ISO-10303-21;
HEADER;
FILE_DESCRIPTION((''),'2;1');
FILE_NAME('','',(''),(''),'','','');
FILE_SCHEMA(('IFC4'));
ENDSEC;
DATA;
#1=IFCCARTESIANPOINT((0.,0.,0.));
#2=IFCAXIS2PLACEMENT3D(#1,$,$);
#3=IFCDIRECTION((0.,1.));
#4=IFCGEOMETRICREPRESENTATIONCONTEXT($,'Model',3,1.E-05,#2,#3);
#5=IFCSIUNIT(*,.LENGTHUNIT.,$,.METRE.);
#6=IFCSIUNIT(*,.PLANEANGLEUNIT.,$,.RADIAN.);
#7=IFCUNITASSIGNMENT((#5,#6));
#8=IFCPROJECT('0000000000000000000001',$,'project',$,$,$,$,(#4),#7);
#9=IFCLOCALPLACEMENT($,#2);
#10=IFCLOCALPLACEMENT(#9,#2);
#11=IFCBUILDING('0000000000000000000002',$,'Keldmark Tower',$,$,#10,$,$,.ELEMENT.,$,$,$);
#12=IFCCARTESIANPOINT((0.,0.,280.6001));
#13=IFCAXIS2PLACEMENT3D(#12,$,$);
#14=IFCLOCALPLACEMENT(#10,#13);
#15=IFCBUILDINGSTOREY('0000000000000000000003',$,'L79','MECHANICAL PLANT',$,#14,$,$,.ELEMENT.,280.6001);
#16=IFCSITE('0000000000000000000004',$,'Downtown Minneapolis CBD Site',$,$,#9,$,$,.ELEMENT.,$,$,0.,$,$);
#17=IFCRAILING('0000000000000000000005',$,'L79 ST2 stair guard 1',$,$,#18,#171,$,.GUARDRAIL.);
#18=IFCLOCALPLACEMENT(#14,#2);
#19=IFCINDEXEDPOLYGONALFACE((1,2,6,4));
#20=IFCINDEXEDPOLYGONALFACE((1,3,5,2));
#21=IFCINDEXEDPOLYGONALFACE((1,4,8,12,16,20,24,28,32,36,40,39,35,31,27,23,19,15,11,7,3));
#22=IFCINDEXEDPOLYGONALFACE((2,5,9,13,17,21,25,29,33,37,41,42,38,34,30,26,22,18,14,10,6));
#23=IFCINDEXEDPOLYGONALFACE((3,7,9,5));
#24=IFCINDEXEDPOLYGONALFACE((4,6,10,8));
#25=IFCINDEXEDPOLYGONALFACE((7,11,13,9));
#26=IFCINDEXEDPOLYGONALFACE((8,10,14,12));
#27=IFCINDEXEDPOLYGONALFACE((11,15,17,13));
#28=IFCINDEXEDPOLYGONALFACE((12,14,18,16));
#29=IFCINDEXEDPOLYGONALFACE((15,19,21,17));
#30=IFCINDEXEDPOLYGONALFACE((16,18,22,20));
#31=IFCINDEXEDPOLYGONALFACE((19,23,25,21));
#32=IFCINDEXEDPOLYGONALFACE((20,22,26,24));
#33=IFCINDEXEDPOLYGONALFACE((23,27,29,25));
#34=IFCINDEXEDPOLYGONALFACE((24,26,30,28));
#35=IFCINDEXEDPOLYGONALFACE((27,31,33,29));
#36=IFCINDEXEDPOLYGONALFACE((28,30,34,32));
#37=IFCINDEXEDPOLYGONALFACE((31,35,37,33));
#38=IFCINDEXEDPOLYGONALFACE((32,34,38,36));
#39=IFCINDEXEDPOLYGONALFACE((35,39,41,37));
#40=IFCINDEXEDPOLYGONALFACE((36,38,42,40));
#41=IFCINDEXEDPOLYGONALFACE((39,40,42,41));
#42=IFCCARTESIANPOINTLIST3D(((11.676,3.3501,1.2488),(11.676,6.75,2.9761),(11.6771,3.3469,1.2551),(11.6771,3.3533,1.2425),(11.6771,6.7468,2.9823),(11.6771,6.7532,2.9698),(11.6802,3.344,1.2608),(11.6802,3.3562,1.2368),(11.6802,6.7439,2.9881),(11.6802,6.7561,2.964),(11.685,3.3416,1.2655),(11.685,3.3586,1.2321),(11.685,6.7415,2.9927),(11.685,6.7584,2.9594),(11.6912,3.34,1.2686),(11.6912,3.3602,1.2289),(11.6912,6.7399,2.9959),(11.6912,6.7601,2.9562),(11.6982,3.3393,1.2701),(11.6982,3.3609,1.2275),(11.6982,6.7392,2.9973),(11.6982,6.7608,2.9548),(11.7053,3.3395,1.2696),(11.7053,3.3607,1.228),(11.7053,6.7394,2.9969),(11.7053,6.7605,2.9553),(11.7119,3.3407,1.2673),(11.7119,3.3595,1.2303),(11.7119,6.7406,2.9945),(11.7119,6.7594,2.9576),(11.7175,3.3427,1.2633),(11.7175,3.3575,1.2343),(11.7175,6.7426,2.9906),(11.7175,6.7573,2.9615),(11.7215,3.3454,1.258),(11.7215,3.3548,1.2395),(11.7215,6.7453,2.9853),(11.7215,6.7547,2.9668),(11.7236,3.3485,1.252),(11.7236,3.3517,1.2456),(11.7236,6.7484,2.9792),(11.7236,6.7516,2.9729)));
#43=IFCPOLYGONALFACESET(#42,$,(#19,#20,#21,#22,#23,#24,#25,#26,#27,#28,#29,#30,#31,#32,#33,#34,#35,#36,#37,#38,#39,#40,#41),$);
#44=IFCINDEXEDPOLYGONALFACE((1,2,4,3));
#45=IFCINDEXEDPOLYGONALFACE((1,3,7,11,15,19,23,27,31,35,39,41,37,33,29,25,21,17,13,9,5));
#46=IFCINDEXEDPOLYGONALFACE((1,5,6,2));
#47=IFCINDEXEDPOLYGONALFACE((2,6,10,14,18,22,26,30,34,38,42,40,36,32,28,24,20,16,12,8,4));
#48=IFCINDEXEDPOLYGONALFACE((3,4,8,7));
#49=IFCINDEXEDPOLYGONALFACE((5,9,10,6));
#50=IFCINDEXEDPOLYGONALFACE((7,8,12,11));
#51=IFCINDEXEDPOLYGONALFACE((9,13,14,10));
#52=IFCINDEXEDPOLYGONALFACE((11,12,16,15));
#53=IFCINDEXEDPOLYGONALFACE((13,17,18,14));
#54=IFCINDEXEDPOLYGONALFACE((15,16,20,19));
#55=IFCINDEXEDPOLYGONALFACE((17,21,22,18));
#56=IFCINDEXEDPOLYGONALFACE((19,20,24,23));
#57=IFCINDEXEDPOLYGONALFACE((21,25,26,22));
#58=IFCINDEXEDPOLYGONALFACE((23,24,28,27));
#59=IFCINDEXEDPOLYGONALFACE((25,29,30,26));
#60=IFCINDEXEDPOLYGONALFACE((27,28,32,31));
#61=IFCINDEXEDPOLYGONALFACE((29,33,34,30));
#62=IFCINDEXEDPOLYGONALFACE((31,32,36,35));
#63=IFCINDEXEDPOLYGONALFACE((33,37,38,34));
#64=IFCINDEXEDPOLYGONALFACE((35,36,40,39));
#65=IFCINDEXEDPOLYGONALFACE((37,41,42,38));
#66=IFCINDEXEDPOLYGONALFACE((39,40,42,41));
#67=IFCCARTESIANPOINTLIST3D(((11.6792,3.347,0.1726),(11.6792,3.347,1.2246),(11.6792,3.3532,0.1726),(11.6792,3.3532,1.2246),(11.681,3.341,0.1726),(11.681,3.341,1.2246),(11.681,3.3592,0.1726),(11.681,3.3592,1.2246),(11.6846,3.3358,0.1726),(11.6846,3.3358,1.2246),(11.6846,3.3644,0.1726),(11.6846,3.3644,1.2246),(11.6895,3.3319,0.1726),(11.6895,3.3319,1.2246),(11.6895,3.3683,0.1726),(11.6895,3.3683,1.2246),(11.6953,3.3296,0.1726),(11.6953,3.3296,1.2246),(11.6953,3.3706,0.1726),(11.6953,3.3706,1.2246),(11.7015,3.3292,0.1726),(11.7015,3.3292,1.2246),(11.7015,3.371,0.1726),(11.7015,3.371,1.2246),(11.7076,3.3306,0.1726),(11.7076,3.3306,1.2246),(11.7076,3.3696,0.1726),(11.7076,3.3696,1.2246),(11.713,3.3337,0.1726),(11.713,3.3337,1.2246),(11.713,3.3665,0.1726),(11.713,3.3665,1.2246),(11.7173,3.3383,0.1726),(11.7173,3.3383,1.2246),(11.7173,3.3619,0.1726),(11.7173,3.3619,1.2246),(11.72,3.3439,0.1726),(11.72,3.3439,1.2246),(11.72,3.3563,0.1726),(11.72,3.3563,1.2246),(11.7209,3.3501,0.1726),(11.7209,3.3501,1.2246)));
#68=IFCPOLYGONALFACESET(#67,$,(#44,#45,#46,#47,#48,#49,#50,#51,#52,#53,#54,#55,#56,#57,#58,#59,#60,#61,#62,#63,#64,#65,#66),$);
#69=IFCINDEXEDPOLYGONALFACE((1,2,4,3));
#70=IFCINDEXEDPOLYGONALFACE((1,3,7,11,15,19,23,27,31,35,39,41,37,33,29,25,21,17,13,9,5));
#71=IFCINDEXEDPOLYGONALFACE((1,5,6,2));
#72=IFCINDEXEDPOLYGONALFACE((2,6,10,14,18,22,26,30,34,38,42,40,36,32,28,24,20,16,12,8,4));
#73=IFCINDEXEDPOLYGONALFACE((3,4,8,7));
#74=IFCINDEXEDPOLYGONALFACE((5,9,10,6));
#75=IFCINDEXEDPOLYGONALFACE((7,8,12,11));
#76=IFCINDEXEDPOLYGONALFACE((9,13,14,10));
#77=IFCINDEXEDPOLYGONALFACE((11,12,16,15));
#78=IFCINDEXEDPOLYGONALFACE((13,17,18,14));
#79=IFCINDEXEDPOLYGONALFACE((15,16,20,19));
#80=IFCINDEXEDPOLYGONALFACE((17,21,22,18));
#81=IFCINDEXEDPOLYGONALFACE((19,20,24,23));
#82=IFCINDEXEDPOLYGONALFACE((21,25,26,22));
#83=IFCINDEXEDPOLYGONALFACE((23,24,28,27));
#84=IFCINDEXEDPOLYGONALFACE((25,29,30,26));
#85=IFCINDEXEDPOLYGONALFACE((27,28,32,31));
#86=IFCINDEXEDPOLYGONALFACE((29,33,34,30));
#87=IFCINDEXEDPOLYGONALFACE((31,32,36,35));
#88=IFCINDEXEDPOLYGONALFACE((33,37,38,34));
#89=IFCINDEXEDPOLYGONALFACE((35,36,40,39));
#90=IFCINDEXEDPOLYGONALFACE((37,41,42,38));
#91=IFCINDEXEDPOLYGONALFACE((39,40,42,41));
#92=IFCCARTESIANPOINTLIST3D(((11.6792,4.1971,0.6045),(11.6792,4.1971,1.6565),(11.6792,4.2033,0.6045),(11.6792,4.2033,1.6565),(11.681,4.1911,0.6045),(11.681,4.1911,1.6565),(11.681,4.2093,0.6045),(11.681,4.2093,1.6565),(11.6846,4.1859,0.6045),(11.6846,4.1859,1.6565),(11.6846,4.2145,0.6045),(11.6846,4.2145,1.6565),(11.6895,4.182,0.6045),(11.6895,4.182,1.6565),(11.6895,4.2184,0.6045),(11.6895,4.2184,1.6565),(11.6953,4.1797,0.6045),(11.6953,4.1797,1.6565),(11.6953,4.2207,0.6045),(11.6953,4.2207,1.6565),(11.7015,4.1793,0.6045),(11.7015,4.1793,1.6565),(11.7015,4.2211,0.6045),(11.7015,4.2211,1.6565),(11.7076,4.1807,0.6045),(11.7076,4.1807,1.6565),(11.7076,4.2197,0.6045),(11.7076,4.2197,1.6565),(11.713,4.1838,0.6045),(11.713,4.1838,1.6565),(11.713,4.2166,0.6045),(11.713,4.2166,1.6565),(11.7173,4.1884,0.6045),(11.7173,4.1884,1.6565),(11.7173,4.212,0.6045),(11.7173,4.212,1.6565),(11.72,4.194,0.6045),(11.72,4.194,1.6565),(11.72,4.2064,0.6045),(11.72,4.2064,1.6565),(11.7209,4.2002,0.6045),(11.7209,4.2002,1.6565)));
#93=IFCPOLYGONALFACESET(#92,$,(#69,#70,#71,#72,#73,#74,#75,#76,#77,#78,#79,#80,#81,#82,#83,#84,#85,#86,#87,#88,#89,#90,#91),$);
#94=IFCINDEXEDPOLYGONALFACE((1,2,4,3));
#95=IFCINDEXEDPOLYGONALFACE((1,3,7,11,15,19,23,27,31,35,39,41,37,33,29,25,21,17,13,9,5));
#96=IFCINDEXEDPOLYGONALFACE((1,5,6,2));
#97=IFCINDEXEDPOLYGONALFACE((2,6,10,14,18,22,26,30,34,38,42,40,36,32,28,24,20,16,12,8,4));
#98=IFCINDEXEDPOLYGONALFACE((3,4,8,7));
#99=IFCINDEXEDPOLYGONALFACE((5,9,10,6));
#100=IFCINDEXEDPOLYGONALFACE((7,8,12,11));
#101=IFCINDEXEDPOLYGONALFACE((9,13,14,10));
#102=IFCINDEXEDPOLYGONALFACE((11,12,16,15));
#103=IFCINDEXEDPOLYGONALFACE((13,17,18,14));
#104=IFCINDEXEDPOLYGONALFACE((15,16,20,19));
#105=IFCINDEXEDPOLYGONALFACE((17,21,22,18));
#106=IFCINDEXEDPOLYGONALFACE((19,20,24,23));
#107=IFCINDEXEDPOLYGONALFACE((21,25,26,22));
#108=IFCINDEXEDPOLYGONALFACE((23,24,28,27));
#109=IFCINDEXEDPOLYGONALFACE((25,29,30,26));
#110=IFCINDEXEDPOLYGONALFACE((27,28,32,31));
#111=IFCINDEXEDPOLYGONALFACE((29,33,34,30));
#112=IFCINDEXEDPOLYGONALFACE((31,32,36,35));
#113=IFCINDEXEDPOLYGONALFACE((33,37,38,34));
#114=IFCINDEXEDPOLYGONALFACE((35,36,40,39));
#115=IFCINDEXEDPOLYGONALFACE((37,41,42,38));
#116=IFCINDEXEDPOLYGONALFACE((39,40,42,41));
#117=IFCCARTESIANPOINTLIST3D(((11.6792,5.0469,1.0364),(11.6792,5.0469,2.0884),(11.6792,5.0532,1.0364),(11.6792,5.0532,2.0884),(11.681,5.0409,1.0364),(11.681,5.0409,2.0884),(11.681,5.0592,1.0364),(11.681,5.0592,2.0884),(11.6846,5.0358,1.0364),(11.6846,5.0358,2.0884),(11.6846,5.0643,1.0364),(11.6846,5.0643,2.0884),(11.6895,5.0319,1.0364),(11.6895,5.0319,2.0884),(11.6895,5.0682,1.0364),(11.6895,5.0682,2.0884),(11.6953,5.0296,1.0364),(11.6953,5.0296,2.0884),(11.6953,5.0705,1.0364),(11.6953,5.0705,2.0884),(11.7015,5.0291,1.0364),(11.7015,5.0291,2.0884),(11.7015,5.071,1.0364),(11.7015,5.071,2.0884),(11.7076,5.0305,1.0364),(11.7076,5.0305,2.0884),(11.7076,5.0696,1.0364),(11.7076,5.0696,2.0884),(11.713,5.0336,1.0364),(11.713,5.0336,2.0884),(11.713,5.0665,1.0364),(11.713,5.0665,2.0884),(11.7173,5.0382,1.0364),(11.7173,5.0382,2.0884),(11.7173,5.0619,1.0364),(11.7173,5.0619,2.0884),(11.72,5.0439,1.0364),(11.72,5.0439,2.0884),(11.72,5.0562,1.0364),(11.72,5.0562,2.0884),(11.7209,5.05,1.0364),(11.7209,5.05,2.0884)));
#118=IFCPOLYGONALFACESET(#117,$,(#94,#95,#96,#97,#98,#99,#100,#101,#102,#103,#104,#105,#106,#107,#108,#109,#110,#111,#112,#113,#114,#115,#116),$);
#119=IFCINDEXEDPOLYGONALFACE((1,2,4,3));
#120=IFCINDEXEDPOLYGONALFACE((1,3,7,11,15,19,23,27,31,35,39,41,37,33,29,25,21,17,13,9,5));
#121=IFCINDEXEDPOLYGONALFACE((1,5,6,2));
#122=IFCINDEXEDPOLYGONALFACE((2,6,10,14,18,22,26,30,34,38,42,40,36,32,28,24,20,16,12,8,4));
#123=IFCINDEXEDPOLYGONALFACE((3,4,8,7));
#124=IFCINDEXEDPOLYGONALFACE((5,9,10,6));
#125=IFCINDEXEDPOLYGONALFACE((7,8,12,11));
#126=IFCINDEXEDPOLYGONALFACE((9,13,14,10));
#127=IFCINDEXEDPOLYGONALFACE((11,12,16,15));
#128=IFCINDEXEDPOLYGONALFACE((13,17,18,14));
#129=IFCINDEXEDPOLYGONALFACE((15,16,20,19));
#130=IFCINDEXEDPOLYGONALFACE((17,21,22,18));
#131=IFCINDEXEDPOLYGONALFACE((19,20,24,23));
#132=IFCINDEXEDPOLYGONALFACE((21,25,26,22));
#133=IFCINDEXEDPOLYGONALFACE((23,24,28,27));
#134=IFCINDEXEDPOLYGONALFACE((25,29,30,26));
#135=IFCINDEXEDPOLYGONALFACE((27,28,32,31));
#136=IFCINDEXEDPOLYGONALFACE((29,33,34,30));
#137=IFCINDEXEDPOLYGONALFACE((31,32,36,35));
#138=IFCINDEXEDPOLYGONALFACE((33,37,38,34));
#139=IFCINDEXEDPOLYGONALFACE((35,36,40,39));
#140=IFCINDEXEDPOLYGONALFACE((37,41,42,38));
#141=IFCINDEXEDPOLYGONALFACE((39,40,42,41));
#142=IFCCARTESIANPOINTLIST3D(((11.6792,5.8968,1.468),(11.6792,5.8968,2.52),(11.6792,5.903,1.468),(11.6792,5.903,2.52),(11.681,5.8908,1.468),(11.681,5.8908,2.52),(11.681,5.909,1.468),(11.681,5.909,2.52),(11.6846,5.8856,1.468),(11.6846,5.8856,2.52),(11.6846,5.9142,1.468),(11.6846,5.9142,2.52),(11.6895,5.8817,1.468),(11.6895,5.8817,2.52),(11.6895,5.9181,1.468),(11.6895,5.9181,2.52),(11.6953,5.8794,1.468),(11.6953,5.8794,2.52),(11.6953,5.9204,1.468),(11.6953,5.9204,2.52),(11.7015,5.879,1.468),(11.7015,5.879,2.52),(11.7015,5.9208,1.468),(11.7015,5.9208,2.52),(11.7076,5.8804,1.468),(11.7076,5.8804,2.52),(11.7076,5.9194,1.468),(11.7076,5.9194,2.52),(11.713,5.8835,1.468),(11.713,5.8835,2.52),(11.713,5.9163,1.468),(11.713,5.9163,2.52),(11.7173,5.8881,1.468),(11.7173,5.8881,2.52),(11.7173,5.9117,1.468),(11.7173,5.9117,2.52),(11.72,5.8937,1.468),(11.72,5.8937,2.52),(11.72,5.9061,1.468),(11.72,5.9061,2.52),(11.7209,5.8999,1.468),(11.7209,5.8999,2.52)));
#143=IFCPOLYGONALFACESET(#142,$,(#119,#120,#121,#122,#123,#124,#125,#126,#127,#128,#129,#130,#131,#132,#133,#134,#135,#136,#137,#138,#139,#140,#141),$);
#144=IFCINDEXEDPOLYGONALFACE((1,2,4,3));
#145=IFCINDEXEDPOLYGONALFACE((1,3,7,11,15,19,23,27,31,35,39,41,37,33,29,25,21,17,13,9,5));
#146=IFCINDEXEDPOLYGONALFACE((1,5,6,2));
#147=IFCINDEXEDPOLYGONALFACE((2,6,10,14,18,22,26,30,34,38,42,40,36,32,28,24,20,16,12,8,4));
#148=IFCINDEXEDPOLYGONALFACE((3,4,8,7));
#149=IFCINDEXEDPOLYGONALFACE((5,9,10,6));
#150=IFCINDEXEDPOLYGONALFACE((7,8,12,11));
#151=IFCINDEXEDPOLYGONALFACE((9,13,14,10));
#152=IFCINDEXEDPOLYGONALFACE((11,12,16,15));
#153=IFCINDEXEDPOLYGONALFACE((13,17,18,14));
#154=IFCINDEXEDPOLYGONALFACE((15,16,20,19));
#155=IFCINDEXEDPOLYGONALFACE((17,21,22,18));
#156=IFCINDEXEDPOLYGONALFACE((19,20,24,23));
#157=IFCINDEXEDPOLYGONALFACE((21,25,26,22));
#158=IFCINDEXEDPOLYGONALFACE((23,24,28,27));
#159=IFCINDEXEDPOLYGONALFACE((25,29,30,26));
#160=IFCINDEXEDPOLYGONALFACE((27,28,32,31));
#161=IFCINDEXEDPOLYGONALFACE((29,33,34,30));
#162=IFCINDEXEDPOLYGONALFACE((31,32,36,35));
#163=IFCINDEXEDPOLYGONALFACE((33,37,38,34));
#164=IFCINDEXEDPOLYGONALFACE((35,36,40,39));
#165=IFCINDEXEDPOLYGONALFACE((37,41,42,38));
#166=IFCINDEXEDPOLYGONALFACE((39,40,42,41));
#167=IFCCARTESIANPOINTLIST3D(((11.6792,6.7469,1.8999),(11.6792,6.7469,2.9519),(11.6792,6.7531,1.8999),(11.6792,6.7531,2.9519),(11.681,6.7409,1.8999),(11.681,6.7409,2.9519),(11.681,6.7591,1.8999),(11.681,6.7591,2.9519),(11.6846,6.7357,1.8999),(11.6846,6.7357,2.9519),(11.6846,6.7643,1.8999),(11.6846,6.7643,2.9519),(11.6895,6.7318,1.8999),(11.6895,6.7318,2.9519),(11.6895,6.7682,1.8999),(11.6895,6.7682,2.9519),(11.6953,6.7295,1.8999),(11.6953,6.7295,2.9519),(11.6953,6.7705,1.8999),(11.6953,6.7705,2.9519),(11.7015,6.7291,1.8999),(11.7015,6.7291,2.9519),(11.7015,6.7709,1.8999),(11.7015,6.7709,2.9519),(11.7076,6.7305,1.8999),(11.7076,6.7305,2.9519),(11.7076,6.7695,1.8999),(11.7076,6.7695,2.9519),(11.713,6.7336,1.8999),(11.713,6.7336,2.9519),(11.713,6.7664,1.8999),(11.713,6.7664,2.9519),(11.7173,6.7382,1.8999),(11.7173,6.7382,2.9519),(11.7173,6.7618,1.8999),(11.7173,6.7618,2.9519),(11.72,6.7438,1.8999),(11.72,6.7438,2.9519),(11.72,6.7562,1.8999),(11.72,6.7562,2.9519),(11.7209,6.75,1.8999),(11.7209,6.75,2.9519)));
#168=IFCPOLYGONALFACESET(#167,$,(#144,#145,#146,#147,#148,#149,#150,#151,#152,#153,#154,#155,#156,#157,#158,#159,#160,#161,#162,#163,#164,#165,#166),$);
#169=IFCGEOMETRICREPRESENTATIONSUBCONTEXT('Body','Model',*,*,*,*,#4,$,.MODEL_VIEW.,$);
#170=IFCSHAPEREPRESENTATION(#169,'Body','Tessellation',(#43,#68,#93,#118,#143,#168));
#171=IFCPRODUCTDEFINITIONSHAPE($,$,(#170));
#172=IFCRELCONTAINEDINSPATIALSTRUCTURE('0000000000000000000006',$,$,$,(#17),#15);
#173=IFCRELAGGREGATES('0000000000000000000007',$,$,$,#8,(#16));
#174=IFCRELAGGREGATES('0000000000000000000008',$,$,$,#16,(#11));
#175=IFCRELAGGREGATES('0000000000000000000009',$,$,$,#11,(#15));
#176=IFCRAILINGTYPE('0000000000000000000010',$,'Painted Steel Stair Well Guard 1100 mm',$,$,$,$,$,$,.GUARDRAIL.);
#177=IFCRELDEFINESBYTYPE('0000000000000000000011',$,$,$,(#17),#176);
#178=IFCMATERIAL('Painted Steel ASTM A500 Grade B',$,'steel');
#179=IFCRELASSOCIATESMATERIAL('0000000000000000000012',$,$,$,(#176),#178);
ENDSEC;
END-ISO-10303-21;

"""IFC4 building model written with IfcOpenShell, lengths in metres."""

from ifc_helpers import new_model, si_unit, direction, frame, origin, origin_2d, place, context, subcontext, project, spatial, circle, extrude, material, type_object, element, save


model = new_model("IFC4")

# Units and contexts
model_context = context("Model", 3, precision=1e-05, world=origin(), true_north=direction((0.0, 1.0)))
body_context = subcontext(model_context, "Body", "Model", "MODEL_VIEW")
ifc_project = project(units=[si_unit("LENGTHUNIT", "METRE"), si_unit("PLANEANGLEUNIT", "RADIAN")], contexts=[model_context])

# Site, building, storey
site_placement = place(None, origin())
site = spatial("IfcSite", under=ifc_project, at=site_placement, Name="Downtown Minneapolis CBD Site", CompositionType="ELEMENT", RefElevation=0.0)
building_placement = place(site_placement, origin())
building = spatial("IfcBuilding", under=site, at=building_placement, Name="Keldmark Tower", CompositionType="ELEMENT")
storey_placement = place(building_placement, frame((0.0, 0.0, 280.6001)))
storey = spatial("IfcBuildingStorey", under=building, at=storey_placement, Name="L79", Description="MECHANICAL PLANT", CompositionType="ELEMENT", Elevation=280.6001)

# Railing
ifc_material_1 = material(Name="Painted Steel ASTM A500 Grade B", Category="steel")
railing_type_1 = type_object("IfcRailingType", Name="Painted Steel Stair Well Guard 1100 mm", PredefinedType="GUARDRAIL", material=ifc_material_1)
railing_1_placement = place(storey_placement, frame((11.7, 3.3501, 0.1726)))
element("IfcRailing", 1, at=railing_1_placement, inside=storey, type_object=railing_type_1, Name="L79 ST2 stair guard 1", PredefinedType="GUARDRAIL", context=body_context, shape_type="SweptSolid", body=[
    extrude(circle(Radius=0.0239, at=origin_2d()), frame((0.0, 0.0, 1.0762), z_axis=(0.0, 0.891541, 0.452941), x_axis=(-1.0, 0.0, 0.0)), (0.0, 0.0, 1.0), 3.8135),
    extrude(circle(Radius=0.021, at=origin_2d()), origin(), (0.0, 0.0, 1.0), 1.052),
    extrude(circle(Radius=0.021, at=origin_2d()), frame((0.0, 0.8501, 0.4319)), (0.0, 0.0, 1.0), 1.052),
    extrude(circle(Radius=0.021, at=origin_2d()), frame((0.0, 1.7, 0.8638)), (0.0, 0.0, 1.0), 1.052),
    extrude(circle(Radius=0.021, at=origin_2d()), frame((0.0, 2.5498, 1.2954)), (0.0, 0.0, 1.0), 1.052),
    extrude(circle(Radius=0.021, at=origin_2d()), frame((0.0, 3.3999, 1.7273)), (0.0, 0.0, 1.0), 1.052),
])

save(model, "model.ifc")
